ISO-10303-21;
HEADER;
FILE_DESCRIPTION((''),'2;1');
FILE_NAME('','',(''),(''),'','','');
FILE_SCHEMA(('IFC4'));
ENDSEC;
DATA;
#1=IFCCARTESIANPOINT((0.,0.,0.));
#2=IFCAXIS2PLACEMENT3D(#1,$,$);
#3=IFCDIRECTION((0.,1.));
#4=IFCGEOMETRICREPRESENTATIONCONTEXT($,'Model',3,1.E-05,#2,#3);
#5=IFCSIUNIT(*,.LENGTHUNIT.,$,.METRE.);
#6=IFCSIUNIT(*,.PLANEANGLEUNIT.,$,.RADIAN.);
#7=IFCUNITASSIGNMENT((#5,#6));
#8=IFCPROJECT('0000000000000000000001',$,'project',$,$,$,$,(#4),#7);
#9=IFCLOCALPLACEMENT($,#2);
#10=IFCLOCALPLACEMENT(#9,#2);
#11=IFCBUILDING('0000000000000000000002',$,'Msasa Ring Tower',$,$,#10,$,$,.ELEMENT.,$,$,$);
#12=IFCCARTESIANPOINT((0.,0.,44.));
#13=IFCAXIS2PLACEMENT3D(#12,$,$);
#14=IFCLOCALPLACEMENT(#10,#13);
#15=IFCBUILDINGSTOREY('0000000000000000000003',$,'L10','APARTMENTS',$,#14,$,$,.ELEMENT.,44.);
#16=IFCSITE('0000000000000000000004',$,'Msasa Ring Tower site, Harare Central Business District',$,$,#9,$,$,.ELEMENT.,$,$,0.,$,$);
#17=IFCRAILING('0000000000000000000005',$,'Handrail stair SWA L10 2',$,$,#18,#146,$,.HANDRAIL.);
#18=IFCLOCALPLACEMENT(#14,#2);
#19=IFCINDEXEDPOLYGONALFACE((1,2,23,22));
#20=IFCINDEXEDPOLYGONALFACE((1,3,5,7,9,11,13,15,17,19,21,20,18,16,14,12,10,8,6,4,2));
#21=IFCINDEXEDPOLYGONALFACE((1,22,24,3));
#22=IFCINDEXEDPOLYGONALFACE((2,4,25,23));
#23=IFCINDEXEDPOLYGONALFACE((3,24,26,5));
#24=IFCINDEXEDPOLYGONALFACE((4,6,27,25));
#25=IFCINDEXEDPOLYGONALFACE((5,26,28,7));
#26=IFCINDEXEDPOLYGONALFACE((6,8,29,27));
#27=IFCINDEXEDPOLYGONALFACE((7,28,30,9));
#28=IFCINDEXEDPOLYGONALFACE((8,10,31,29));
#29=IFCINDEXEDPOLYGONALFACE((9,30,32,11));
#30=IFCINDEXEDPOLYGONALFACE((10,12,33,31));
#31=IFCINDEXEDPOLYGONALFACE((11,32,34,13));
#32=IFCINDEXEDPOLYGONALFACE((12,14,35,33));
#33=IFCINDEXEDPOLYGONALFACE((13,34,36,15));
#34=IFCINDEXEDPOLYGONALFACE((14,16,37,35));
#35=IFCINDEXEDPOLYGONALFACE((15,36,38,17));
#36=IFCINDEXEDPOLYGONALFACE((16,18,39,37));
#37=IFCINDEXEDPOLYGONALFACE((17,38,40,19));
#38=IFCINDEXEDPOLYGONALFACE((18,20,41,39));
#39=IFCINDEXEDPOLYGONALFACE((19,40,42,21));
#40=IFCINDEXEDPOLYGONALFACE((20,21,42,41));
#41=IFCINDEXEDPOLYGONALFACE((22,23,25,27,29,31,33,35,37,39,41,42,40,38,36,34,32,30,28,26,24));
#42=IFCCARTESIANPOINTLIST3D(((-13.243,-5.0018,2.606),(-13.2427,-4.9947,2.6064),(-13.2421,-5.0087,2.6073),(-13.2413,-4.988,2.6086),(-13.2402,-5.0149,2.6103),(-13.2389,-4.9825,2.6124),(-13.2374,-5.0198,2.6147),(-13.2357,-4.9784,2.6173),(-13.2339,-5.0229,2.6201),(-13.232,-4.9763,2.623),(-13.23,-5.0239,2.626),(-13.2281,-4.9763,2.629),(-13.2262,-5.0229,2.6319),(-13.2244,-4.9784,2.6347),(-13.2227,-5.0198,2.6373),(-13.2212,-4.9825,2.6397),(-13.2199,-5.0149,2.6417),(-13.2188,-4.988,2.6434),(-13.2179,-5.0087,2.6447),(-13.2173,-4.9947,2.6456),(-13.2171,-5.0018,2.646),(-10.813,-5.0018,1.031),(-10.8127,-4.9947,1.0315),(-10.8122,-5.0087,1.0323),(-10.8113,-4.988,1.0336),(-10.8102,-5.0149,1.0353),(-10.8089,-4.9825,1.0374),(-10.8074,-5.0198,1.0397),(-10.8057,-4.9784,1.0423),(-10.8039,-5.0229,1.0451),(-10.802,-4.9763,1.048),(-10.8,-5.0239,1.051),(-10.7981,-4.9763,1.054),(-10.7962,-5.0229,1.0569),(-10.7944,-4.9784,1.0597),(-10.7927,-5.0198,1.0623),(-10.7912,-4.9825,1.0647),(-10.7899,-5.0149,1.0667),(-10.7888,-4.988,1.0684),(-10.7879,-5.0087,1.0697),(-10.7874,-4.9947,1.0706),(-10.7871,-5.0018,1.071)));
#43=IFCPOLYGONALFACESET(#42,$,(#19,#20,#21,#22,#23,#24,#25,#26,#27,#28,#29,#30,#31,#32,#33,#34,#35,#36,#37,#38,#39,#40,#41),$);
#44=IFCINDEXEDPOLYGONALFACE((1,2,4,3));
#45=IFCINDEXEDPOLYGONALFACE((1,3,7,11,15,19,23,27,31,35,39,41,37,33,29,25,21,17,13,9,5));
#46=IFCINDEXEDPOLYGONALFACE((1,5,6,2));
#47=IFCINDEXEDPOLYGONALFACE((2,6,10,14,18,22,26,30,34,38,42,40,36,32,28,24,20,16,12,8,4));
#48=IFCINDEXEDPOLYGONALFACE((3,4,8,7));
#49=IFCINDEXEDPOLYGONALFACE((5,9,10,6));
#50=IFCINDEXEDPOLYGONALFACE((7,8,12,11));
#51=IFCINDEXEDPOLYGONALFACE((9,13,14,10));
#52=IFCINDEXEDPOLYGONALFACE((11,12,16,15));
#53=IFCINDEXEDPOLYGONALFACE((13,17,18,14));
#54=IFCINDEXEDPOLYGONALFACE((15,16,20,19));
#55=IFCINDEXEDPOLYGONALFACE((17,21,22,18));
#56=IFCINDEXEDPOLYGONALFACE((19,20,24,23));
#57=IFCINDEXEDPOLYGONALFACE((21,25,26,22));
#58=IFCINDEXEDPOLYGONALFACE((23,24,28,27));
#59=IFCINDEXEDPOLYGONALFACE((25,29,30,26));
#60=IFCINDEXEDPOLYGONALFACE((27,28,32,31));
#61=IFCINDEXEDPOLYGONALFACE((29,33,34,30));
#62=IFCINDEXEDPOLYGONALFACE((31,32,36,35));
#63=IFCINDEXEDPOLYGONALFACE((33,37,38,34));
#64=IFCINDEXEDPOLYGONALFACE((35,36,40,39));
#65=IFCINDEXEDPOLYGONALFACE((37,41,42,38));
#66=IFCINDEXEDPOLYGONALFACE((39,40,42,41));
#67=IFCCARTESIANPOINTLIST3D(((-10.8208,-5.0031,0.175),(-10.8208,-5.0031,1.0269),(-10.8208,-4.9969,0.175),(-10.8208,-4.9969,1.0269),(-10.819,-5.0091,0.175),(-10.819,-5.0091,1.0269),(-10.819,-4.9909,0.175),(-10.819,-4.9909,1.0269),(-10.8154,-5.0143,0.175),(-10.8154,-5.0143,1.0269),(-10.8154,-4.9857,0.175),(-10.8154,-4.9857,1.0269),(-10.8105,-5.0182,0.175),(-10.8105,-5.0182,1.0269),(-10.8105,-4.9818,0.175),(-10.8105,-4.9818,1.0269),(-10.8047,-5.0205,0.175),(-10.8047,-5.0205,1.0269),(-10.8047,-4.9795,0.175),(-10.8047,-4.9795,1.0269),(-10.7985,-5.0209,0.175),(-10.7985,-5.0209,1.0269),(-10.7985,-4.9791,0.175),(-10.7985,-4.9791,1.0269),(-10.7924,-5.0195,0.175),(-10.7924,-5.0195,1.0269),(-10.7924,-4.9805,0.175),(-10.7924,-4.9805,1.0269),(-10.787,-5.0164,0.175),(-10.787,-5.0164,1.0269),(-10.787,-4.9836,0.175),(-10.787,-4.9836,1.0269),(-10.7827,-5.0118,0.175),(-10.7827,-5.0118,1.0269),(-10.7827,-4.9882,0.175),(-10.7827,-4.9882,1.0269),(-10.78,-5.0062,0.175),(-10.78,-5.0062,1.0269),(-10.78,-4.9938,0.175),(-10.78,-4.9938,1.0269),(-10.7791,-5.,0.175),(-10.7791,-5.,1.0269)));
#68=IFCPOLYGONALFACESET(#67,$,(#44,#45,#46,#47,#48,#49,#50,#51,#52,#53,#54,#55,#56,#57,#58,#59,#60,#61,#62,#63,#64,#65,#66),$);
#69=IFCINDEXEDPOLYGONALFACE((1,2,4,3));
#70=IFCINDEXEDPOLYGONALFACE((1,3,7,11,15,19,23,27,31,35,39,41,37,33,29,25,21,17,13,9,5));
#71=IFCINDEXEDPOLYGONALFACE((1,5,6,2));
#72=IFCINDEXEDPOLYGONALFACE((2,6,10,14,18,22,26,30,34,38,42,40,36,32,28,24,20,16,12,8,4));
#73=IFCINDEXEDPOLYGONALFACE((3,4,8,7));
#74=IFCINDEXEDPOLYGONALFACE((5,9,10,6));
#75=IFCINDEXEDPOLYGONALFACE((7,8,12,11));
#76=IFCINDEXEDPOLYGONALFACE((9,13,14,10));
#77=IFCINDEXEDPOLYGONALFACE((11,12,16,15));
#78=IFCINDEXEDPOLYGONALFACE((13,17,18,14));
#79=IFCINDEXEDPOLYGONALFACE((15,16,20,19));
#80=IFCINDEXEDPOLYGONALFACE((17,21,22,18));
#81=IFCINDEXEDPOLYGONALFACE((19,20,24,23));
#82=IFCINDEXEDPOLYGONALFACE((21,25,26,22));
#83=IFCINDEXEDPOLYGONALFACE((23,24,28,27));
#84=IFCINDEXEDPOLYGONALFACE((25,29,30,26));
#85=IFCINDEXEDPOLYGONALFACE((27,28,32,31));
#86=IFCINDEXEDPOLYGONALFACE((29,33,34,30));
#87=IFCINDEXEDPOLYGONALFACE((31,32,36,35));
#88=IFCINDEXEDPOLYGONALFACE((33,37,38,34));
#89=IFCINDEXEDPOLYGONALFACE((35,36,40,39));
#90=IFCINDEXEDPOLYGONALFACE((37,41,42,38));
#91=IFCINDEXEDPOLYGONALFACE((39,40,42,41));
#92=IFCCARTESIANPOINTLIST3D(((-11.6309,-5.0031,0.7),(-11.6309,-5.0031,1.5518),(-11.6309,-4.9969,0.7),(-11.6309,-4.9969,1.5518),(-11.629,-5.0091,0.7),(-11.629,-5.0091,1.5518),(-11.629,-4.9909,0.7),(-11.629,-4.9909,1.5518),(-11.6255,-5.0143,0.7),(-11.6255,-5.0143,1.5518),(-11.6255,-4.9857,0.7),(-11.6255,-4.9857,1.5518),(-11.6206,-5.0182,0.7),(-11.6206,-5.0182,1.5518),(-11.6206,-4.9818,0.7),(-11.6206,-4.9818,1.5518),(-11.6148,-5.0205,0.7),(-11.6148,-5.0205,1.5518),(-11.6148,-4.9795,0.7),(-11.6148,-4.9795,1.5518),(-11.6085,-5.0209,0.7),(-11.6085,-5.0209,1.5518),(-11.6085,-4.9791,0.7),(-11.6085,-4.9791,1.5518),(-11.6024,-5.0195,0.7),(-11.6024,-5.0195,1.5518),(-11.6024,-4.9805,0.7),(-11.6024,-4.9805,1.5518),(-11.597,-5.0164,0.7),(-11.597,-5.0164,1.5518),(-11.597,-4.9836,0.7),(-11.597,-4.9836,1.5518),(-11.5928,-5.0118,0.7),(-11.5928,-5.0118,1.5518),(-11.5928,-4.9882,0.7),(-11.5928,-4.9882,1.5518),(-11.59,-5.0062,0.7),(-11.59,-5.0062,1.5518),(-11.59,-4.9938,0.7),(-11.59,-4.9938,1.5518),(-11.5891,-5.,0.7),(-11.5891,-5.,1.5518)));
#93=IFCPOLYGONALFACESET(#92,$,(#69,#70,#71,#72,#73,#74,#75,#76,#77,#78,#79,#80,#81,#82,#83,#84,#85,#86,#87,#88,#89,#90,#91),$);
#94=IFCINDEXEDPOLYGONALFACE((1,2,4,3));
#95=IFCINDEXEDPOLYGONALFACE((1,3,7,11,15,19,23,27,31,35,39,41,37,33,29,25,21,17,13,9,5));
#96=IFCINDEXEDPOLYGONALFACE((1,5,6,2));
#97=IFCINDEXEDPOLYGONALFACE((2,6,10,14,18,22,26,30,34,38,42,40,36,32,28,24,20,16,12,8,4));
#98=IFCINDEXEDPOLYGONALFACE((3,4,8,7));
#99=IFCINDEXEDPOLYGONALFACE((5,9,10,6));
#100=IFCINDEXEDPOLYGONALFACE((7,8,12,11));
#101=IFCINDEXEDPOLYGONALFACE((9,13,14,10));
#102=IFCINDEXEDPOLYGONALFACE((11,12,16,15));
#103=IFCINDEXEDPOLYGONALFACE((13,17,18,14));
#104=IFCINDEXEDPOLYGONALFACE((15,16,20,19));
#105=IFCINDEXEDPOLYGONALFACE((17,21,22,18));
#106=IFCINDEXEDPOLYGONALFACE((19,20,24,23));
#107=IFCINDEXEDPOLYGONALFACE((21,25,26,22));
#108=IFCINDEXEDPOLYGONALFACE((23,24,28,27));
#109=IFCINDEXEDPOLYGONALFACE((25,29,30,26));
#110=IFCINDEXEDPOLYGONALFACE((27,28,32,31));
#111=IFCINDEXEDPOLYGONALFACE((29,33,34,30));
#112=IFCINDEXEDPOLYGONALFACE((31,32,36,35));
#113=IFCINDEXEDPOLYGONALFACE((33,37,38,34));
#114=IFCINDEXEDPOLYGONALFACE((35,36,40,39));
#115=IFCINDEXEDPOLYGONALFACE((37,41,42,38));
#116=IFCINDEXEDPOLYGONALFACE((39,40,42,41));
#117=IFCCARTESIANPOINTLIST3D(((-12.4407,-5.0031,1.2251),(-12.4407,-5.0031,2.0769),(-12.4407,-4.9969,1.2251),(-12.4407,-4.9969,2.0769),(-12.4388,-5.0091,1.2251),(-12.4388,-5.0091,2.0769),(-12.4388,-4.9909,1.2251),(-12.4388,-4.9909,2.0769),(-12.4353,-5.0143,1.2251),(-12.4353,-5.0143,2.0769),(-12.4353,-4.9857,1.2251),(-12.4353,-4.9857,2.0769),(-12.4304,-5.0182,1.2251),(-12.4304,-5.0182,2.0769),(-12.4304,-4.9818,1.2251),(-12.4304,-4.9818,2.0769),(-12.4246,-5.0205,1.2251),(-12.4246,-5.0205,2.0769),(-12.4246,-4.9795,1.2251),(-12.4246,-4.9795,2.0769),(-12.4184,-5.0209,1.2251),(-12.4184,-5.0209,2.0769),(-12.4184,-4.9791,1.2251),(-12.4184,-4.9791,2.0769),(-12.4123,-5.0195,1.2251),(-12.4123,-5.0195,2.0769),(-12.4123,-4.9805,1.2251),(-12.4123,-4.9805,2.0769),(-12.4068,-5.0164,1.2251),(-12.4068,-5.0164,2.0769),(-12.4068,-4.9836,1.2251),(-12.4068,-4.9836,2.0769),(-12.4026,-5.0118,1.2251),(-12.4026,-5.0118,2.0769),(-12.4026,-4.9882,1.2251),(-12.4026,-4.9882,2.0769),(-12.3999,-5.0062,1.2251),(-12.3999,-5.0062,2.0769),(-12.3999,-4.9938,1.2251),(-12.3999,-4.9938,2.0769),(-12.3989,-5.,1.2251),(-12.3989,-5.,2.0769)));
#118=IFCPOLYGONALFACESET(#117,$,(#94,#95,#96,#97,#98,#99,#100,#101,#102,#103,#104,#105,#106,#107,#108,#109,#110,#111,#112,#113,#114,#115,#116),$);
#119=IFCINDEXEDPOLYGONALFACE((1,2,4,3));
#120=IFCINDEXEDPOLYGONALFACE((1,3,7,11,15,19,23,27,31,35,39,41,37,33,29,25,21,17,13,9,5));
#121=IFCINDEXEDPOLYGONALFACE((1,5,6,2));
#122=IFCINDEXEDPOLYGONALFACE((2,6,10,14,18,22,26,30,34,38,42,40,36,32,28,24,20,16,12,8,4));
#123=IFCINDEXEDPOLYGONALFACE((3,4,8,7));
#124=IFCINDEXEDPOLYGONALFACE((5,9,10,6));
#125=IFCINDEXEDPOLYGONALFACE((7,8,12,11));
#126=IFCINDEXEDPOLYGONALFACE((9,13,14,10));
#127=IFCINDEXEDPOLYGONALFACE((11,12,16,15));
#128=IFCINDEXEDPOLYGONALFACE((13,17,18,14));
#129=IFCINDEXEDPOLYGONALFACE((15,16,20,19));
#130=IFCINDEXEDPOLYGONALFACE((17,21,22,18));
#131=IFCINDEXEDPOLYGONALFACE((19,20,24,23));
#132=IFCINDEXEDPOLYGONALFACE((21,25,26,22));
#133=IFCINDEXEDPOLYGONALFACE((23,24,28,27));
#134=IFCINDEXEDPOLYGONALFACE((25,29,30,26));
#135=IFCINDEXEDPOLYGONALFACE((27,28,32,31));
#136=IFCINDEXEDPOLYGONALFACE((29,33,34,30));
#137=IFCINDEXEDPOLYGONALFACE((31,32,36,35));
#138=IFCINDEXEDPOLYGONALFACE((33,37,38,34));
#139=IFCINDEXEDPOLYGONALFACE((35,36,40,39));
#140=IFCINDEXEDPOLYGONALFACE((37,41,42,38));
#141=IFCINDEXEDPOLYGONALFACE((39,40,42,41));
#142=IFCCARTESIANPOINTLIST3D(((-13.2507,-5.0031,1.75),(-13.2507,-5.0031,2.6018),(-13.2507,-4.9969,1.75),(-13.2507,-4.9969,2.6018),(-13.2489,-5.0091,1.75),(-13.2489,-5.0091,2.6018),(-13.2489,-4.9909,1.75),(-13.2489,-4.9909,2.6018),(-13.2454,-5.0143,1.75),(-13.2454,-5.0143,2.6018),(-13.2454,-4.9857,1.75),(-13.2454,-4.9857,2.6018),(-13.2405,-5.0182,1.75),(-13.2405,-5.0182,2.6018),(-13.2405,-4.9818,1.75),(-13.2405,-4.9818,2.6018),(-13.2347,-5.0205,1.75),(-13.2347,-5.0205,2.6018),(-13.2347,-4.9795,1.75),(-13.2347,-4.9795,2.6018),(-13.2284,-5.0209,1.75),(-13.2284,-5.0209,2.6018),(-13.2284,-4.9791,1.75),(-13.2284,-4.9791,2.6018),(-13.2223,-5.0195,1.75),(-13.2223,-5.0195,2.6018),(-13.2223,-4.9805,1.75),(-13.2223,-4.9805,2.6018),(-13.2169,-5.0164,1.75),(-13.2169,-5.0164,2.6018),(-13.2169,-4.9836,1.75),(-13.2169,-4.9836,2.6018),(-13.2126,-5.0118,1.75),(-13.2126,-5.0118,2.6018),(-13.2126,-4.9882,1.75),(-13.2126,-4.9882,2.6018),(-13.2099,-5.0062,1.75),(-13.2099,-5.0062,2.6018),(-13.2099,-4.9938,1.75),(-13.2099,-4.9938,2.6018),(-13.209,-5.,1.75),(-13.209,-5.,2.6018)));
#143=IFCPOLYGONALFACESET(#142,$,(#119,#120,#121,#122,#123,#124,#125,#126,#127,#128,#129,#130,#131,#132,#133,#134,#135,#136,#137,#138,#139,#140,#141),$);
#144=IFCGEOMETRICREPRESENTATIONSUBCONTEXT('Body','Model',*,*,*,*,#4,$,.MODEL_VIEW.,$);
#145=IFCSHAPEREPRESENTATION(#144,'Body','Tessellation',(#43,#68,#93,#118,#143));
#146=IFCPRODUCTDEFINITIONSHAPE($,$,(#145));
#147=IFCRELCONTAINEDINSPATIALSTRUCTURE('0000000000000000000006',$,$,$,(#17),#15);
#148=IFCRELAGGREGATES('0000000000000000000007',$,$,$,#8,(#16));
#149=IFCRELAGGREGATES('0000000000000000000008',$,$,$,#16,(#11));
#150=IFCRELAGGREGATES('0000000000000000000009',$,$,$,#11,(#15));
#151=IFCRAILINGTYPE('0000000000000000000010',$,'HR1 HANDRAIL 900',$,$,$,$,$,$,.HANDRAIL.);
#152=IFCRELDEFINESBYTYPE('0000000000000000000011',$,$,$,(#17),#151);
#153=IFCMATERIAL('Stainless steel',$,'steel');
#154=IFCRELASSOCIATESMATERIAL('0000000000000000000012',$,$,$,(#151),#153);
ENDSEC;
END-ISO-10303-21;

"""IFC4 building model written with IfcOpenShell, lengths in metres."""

from ifc_helpers import new_model, si_unit, direction, frame, origin, origin_2d, place, context, subcontext, project, spatial, circle, extrude, material, type_object, element, save


model = new_model("IFC4")

# Units and contexts
model_context = context("Model", 3, precision=1e-05, world=origin(), true_north=direction((0.0, 1.0)))
body_context = subcontext(model_context, "Body", "Model", "MODEL_VIEW")
ifc_project = project(units=[si_unit("LENGTHUNIT", "METRE"), si_unit("PLANEANGLEUNIT", "RADIAN")], contexts=[model_context])

# Site, building, storey
site_placement = place(None, origin())
site = spatial("IfcSite", under=ifc_project, at=site_placement, Name="Msasa Ring Tower site, Harare Central Business District", CompositionType="ELEMENT", RefElevation=0.0)
building_placement = place(site_placement, origin())
building = spatial("IfcBuilding", under=site, at=building_placement, Name="Msasa Ring Tower", CompositionType="ELEMENT")
storey_placement = place(building_placement, frame((0.0, 0.0, 44.0)))
storey = spatial("IfcBuildingStorey", under=building, at=storey_placement, Name="L10", Description="APARTMENTS", CompositionType="ELEMENT", Elevation=44.0)

# Railing
ifc_material_1 = material(Name="Stainless steel", Category="steel")
railing_type = type_object("IfcRailingType", Name="HR1 HANDRAIL 900", PredefinedType="HANDRAIL", material=ifc_material_1)
for number, where, name in (
    (1, (-10.8, -5.0, 0.175), "Handrail stair SWA L10 2"),
):
    element("IfcRailing", number, at=place(storey_placement, frame(where)), inside=storey, type_object=railing_type, Name=name, PredefinedType="HANDRAIL", context=body_context, shape_type="SweptSolid", body=[
        extrude(circle(Radius=0.0239, at=origin_2d()), frame((0.0, 0.0, 0.876), z_axis=(-0.839154, 0.0, 0.543894), x_axis=(0.0, -1.0, 0.0)), (0.0, 0.0, 1.0), 2.8958),
        extrude(circle(Radius=0.021, at=origin_2d()), origin(), (0.0, 0.0, 1.0), 0.8518),
        extrude(circle(Radius=0.021, at=origin_2d()), frame((-0.8101, 0.0, 0.5249)), (0.0, 0.0, 1.0), 0.8518),
        extrude(circle(Radius=0.021, at=origin_2d()), frame((-1.6199, 0.0, 1.05)), (0.0, 0.0, 1.0), 0.8518),
        extrude(circle(Radius=0.021, at=origin_2d()), frame((-2.4299, 0.0, 1.575)), (0.0, 0.0, 1.0), 0.8518),
    ])

save(model, "model.ifc")
